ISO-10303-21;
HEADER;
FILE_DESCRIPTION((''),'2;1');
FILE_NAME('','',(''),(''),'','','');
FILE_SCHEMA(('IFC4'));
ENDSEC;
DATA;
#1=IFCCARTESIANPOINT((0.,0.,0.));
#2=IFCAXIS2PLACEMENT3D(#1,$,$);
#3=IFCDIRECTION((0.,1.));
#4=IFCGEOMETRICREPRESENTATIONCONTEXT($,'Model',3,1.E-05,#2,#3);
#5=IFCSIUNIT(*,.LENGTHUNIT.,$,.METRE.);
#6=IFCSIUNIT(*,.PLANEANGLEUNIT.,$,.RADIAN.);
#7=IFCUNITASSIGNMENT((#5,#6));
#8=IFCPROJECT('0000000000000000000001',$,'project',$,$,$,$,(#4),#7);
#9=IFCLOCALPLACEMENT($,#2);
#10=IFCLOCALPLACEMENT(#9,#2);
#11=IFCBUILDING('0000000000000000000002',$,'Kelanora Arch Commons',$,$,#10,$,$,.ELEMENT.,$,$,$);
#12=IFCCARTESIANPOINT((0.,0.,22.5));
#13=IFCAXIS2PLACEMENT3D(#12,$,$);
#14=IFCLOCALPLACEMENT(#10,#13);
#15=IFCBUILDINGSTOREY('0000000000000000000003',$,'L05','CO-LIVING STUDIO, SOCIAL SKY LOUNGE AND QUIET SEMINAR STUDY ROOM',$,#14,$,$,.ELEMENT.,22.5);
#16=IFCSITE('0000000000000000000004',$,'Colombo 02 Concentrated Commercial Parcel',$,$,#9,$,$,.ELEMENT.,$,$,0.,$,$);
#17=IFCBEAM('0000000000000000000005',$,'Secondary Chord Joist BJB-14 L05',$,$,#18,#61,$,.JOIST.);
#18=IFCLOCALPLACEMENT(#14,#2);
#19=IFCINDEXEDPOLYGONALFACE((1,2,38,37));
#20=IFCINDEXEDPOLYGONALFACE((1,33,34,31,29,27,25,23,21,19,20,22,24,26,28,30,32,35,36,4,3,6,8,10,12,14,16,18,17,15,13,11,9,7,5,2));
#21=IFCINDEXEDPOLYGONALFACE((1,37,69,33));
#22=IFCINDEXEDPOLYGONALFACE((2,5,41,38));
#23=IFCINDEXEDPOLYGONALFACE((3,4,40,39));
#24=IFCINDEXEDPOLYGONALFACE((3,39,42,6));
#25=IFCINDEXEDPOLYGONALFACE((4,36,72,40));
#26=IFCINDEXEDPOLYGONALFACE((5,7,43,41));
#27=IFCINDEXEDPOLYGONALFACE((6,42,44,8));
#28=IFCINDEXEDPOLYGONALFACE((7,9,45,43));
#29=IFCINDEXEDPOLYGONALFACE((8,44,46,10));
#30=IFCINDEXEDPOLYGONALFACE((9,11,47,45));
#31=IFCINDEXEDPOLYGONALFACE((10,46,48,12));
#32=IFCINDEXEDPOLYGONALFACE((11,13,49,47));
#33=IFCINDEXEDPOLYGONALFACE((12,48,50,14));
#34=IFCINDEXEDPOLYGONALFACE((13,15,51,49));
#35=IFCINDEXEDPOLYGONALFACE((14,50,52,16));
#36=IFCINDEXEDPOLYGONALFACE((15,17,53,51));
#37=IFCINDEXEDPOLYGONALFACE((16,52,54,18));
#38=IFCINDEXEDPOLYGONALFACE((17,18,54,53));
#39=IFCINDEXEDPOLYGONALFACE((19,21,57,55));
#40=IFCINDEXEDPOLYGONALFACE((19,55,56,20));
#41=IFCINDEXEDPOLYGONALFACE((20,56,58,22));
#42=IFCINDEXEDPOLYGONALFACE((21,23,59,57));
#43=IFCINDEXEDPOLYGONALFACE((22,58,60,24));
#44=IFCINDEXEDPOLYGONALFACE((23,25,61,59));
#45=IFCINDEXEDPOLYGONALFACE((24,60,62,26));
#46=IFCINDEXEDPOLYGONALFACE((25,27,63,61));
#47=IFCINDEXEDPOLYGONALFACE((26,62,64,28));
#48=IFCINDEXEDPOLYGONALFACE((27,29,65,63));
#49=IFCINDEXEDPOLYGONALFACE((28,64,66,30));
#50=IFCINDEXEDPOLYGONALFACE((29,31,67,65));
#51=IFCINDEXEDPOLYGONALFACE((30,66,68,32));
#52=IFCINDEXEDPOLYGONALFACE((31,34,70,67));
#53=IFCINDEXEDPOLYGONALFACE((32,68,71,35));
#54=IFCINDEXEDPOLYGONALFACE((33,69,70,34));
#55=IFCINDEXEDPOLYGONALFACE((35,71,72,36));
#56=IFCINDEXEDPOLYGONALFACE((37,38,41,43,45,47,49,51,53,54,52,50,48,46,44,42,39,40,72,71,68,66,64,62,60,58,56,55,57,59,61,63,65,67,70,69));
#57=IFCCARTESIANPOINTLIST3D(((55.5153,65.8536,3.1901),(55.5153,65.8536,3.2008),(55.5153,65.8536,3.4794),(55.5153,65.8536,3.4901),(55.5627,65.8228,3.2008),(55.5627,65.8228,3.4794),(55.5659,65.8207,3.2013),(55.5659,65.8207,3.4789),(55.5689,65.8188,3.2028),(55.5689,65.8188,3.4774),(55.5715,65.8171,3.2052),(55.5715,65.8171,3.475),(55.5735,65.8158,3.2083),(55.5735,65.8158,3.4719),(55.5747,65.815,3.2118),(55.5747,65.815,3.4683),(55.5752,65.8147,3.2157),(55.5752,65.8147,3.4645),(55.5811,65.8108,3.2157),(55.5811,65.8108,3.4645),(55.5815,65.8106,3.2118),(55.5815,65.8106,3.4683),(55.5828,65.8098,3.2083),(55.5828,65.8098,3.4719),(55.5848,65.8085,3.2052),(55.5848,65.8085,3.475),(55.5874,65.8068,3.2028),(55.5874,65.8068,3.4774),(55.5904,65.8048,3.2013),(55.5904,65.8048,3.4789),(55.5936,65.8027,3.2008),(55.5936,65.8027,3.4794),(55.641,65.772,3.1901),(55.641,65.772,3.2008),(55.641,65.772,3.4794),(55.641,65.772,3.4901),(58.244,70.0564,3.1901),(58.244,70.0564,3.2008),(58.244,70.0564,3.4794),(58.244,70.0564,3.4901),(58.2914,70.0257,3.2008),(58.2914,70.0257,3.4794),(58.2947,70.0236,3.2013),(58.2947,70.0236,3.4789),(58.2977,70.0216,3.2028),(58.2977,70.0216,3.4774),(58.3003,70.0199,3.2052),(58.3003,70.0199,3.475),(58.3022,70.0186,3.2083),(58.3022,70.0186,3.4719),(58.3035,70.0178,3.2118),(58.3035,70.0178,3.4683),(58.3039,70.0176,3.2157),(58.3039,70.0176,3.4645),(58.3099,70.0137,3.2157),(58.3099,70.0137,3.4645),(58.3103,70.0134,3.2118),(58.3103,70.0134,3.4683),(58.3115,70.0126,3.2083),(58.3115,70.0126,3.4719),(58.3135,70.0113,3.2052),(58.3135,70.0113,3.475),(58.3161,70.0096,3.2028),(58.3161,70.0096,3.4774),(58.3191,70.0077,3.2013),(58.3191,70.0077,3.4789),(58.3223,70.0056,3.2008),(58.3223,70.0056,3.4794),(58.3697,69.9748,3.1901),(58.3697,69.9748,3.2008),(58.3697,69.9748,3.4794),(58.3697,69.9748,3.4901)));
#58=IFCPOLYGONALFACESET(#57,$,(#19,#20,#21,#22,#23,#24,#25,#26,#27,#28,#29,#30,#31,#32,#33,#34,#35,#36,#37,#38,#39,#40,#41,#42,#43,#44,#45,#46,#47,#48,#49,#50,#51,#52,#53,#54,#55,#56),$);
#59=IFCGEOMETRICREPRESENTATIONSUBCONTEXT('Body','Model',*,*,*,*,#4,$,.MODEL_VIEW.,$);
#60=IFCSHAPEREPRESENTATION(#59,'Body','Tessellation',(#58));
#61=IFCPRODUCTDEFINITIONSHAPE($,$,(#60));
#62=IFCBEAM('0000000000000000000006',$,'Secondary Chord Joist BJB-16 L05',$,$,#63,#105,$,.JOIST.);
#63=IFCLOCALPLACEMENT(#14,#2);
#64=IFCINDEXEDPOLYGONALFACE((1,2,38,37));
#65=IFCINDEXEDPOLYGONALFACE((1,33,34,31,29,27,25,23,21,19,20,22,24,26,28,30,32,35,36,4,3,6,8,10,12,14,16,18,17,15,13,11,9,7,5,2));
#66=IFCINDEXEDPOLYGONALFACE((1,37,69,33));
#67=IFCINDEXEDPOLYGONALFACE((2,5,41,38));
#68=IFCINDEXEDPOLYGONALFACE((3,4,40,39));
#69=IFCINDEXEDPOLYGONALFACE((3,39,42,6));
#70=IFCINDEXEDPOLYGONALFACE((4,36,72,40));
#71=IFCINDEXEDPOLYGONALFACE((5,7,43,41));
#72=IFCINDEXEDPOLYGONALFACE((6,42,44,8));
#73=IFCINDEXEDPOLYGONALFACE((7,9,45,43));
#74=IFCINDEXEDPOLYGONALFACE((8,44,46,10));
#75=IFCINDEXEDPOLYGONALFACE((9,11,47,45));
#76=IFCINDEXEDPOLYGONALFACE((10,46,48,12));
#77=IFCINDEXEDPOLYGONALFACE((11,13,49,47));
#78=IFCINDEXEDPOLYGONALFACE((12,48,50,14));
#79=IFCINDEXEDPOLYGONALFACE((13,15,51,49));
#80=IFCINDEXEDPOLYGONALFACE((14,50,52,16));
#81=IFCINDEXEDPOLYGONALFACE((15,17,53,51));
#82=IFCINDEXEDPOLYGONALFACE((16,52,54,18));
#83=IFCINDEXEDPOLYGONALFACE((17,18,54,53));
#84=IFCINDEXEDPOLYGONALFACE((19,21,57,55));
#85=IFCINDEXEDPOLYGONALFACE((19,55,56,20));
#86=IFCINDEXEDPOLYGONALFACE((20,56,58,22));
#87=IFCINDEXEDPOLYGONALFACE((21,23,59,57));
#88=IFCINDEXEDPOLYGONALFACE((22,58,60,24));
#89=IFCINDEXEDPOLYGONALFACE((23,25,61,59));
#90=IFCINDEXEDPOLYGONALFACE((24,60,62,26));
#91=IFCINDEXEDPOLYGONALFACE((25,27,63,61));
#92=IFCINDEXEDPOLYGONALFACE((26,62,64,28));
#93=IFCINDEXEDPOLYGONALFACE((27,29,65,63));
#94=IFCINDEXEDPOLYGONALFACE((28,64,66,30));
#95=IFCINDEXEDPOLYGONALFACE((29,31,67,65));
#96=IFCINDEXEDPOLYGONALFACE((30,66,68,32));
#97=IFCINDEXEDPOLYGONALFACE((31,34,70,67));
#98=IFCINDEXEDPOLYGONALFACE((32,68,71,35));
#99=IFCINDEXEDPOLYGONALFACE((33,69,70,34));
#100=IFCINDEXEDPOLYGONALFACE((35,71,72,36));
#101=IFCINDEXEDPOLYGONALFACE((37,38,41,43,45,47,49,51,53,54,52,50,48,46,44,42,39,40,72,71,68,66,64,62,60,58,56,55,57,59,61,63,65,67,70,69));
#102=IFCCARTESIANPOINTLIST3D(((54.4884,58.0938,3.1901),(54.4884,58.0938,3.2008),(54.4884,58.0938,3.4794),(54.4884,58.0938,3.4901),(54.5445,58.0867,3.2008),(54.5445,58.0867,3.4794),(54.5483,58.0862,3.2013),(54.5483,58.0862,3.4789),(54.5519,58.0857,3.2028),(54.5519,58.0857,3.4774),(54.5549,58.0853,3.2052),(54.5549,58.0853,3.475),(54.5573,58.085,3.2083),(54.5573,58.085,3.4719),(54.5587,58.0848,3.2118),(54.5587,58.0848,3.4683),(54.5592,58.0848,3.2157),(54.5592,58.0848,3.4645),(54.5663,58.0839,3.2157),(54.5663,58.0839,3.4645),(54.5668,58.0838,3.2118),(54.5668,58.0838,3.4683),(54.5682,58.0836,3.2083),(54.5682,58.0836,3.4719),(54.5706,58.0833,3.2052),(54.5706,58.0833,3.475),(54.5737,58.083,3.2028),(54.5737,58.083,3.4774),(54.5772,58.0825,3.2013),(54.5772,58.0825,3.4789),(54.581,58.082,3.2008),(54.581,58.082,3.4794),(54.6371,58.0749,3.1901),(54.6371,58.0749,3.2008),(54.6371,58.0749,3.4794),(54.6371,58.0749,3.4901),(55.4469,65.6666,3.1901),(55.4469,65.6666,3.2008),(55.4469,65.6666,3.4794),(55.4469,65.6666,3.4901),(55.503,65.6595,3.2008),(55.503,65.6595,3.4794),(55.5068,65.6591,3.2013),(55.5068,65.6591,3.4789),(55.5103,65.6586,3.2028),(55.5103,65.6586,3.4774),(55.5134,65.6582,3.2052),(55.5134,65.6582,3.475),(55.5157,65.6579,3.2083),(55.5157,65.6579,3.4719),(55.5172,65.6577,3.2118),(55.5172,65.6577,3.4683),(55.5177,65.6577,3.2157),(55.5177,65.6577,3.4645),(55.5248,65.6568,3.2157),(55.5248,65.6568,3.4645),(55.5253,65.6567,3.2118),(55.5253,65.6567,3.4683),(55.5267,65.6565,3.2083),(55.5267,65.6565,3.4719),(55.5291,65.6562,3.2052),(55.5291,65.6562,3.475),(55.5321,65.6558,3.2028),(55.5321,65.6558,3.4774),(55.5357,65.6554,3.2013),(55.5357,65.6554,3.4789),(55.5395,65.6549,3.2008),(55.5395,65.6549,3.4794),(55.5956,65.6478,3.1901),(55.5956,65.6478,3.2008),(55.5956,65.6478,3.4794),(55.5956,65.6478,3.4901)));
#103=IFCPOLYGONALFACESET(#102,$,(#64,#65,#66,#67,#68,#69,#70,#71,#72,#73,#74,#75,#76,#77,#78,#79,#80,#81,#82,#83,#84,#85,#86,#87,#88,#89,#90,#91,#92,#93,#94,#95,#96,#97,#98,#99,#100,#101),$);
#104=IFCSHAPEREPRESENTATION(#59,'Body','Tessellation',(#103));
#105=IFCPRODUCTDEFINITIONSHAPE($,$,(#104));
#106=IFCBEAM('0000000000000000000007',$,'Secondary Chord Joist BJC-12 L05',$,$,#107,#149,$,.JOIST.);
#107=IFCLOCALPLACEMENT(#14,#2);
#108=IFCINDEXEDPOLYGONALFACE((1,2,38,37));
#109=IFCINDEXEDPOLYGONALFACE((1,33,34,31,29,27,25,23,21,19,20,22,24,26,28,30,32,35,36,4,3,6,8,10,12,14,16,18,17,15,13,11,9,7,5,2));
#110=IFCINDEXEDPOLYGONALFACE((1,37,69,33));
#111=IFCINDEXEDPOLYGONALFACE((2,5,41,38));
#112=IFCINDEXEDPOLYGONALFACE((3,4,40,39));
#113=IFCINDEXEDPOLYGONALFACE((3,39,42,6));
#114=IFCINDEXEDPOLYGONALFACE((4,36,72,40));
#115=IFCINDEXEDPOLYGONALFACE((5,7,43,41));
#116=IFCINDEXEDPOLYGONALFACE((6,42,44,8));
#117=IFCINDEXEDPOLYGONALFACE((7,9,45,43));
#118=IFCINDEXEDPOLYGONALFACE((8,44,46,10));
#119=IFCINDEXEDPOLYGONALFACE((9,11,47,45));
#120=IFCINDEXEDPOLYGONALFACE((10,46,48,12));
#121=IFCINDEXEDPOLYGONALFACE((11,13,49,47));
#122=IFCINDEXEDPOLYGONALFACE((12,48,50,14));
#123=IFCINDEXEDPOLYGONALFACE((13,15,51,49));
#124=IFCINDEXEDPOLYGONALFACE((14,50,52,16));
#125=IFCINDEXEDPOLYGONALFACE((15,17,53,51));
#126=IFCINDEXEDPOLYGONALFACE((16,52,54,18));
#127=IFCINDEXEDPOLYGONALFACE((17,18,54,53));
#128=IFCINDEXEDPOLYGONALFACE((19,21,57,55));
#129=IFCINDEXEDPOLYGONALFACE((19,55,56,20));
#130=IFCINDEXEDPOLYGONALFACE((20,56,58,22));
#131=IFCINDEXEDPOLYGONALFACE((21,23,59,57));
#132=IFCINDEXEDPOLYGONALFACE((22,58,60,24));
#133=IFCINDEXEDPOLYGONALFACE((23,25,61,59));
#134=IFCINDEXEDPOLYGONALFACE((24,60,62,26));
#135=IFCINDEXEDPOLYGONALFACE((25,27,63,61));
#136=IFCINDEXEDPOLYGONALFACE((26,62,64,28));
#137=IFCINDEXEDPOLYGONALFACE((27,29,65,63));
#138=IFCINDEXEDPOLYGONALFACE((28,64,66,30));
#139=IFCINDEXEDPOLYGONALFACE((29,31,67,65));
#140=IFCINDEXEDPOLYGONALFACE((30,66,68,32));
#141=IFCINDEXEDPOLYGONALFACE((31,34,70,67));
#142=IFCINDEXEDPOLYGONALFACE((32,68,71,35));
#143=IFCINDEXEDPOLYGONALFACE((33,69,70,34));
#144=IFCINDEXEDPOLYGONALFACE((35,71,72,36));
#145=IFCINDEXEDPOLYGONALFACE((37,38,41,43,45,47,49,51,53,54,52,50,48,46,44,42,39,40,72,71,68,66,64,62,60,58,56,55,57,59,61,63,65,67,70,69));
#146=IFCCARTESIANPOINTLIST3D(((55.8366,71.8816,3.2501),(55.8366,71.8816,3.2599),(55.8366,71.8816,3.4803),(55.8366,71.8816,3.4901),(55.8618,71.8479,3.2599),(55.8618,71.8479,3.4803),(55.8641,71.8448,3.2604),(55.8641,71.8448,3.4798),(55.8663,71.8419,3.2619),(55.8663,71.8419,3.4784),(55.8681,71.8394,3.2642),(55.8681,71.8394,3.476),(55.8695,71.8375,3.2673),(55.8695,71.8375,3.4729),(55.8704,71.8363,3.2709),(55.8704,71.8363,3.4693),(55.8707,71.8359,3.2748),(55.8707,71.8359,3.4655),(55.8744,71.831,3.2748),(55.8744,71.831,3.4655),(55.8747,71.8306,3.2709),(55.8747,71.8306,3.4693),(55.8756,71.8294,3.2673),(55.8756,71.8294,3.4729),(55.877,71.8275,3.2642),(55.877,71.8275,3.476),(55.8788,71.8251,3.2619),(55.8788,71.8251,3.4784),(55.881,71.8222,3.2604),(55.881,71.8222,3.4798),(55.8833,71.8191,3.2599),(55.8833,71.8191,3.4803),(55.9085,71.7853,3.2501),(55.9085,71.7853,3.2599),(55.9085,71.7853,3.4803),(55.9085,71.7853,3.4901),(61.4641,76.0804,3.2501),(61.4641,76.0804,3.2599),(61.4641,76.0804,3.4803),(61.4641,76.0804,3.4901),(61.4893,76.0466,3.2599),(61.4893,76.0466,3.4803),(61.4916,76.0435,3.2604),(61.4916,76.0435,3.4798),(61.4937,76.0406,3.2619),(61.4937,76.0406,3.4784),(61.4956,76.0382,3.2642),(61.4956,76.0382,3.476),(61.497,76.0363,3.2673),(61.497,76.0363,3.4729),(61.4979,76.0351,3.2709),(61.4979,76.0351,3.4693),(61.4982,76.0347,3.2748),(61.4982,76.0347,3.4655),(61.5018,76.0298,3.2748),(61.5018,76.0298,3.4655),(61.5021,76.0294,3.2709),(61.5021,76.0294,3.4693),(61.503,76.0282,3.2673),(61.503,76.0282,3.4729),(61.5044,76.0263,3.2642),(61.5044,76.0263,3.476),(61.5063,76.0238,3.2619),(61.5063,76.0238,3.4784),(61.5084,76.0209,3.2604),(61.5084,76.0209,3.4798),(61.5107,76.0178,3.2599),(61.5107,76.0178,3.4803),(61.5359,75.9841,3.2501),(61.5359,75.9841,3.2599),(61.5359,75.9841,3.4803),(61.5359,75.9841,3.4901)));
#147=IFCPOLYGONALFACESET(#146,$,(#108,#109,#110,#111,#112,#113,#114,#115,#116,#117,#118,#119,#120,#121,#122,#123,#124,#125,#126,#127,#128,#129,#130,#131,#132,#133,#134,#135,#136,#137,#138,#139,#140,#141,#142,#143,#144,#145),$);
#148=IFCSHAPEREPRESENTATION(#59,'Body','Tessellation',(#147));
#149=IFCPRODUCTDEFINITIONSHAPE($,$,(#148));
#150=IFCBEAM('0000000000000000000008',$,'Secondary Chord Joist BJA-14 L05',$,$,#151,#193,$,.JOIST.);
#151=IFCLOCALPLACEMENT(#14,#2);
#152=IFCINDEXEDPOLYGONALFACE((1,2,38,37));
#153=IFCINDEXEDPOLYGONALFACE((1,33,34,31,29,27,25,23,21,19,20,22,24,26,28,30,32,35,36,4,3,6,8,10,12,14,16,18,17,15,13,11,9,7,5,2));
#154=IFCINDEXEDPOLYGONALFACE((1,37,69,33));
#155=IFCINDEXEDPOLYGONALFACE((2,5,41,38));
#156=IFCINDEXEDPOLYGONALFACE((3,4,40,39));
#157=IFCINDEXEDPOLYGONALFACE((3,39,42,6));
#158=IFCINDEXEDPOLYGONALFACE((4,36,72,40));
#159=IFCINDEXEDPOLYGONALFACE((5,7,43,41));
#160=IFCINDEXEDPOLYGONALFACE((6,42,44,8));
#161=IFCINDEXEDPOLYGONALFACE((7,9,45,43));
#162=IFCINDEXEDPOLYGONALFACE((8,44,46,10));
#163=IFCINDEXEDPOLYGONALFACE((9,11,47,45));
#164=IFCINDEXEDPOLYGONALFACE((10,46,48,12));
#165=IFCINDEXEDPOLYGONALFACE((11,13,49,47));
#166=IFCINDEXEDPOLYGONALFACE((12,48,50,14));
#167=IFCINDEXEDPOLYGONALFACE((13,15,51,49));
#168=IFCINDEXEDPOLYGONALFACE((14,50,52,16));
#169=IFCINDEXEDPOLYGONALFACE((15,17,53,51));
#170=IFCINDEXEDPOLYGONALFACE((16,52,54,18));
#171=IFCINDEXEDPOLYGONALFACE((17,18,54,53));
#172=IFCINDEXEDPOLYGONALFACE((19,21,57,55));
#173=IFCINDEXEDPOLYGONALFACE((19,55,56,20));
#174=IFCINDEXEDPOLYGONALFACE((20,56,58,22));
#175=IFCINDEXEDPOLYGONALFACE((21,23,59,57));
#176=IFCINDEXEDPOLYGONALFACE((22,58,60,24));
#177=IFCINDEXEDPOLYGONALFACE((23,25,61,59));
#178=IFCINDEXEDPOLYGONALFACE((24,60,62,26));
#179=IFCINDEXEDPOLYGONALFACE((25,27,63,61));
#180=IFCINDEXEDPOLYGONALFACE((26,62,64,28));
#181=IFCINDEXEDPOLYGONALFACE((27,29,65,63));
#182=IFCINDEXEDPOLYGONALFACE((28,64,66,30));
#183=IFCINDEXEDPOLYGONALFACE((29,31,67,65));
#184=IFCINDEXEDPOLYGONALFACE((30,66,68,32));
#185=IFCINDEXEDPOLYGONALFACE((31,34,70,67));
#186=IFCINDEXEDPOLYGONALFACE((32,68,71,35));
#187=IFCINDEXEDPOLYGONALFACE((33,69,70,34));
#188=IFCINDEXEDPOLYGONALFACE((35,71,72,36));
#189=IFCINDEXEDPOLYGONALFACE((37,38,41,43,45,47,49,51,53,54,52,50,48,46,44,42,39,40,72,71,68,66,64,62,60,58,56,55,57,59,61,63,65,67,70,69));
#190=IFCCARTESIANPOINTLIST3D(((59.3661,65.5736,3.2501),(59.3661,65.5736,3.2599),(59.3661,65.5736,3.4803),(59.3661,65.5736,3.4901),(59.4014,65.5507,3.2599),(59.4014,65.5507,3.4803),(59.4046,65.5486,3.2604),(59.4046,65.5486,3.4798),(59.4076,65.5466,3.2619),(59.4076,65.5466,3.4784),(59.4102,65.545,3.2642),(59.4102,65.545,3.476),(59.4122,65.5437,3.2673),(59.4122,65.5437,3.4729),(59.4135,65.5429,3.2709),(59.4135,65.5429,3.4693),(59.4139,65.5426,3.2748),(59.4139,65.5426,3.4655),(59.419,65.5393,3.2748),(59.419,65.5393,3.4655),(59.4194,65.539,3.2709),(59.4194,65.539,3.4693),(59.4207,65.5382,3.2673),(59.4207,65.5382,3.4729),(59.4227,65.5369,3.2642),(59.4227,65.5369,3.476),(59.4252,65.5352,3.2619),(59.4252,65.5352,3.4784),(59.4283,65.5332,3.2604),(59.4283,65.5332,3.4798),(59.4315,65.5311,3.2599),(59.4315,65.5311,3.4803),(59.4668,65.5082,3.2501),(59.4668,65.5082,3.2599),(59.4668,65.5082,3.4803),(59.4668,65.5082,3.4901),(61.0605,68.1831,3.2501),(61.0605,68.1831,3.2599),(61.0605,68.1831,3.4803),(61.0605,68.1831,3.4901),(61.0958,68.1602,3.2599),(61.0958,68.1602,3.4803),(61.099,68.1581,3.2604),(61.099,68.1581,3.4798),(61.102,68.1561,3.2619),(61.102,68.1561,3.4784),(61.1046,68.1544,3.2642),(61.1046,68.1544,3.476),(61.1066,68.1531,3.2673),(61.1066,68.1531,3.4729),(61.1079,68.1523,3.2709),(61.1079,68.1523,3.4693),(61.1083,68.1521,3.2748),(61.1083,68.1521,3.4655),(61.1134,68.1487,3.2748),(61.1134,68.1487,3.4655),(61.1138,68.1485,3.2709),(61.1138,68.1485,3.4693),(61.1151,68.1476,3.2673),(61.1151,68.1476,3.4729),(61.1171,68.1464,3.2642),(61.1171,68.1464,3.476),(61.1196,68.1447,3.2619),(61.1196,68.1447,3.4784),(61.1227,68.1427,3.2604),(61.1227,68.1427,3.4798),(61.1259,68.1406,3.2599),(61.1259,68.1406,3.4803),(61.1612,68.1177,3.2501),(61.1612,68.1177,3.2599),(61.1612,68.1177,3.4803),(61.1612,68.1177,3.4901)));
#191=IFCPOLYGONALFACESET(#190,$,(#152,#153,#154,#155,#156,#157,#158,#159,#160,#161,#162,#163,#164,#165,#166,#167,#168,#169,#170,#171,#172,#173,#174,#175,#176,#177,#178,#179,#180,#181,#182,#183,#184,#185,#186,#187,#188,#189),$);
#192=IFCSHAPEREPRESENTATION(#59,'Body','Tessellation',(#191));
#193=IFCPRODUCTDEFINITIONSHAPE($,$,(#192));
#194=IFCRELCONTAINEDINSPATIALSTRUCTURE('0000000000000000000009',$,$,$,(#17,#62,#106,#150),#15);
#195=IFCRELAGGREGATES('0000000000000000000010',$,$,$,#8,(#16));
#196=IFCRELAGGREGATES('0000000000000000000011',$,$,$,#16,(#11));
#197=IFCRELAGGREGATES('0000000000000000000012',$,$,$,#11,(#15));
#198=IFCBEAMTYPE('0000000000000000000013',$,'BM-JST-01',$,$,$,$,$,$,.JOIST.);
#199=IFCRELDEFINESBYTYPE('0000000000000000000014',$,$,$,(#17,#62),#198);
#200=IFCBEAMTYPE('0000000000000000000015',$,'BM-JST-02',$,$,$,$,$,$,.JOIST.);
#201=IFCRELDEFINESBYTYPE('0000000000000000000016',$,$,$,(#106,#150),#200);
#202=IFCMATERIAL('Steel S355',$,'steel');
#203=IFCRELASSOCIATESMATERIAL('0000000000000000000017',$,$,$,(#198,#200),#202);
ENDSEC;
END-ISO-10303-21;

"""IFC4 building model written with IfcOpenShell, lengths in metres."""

from ifc_helpers import new_model, si_unit, direction, frame, origin, origin_2d, place, context, subcontext, project, spatial, i_section, extrude, material, material_profile, profile_set, type_object, element, save


model = new_model("IFC4")

# Units and contexts
model_context = context("Model", 3, precision=1e-05, world=origin(), true_north=direction((0.0, 1.0)))
body_context = subcontext(model_context, "Body", "Model", "MODEL_VIEW")
ifc_project = project(units=[si_unit("LENGTHUNIT", "METRE"), si_unit("PLANEANGLEUNIT", "RADIAN")], contexts=[model_context])

# Site, building, storey
site_placement = place(None, origin())
site = spatial("IfcSite", under=ifc_project, at=site_placement, Name="Colombo 02 Concentrated Commercial Parcel", CompositionType="ELEMENT", RefElevation=0.0)
building_placement = place(site_placement, origin())
building = spatial("IfcBuilding", under=site, at=building_placement, Name="Kelanora Arch Commons", CompositionType="ELEMENT")
storey_placement = place(building_placement, frame((0.0, 0.0, 22.5)))
storey = spatial("IfcBuildingStorey", under=building, at=storey_placement, Name="L05", Description="CO-LIVING STUDIO, SOCIAL SKY LOUNGE AND QUIET SEMINAR STUDY ROOM", CompositionType="ELEMENT", Elevation=22.5)

# Beams
ifc_material_1 = material(Name="Steel S355", Category="steel")
ifc_material_profile_1 = material_profile(ifc_material_1, i_section(OverallWidth=0.1499, OverallDepth=0.3, WebThickness=0.0071, FlangeThickness=0.0107, FilletRadius=0.0149, at=origin_2d()), Name="IPE300")
ifc_profile_set_1 = profile_set([ifc_material_profile_1], Name="Steel S355")
beam_type_1 = type_object("IfcBeamType", Name="BM-JST-01", PredefinedType="JOIST", material=ifc_profile_set_1)
beam_1_placement = place(storey_placement, frame((58.3069, 70.0156, 3.3401), z_axis=(-0.544552, -0.838727, 0.0), x_axis=(0.838727, -0.544552, 0.0)))
element("IfcBeam", 1, at=beam_1_placement, inside=storey, type_object=beam_type_1, Name="Secondary Chord Joist BJB-14 L05", PredefinedType="JOIST", context=body_context, shape_type="SweptSolid", body=[
    extrude(i_section(OverallWidth=0.1499, OverallDepth=0.3, WebThickness=0.0071, FlangeThickness=0.0107, FilletRadius=0.0149, at=origin_2d()), origin(), (0.0, 0.0, 1.0), 5.011),
])
beam_2_placement = place(storey_placement, frame((55.5212, 65.6572, 3.3401), z_axis=(-0.125566, -0.992085, 0.0), x_axis=(0.992085, -0.125566, 0.0)))
element("IfcBeam", 2, at=beam_2_placement, inside=storey, type_object=beam_type_1, Name="Secondary Chord Joist BJB-16 L05", PredefinedType="JOIST", context=body_context, shape_type="SweptSolid", body=[
    extrude(i_section(OverallWidth=0.1499, OverallDepth=0.3, WebThickness=0.0071, FlangeThickness=0.0107, FilletRadius=0.0149, at=origin_2d()), origin(), (0.0, 0.0, 1.0), 7.6333),
])
ifc_material_profile_2 = material_profile(ifc_material_1, i_section(OverallWidth=0.1201, OverallDepth=0.24, WebThickness=0.0061, FlangeThickness=0.0098, FilletRadius=0.0149, at=origin_2d()), Name="IPE240")
ifc_profile_set_2 = profile_set([ifc_material_profile_2], Name="Steel S355")
beam_type_2 = type_object("IfcBeamType", Name="BM-JST-02", PredefinedType="JOIST", material=ifc_profile_set_2)
beam_3_placement = place(storey_placement, frame((61.5, 76.0322, 3.3701), z_axis=(-0.801491, -0.598006, 0.0), x_axis=(0.598006, -0.801491, 0.0)))
element("IfcBeam", 3, at=beam_3_placement, inside=storey, type_object=beam_type_2, Name="Secondary Chord Joist BJC-12 L05", PredefinedType="JOIST", context=body_context, shape_type="SweptSolid", body=[
    extrude(i_section(OverallWidth=0.1201, OverallDepth=0.24, WebThickness=0.0061, FlangeThickness=0.0098, FilletRadius=0.0149, at=origin_2d()), origin(), (0.0, 0.0, 1.0), 7.0212),
])
beam_4_placement = place(storey_placement, frame((61.1108, 68.1504, 3.3701), z_axis=(-0.544591, -0.838702, 0.0), x_axis=(0.838702, -0.544591, 0.0)))
element("IfcBeam", 4, at=beam_4_placement, inside=storey, type_object=beam_type_2, Name="Secondary Chord Joist BJA-14 L05", PredefinedType="JOIST", context=body_context, shape_type="SweptSolid", body=[
    extrude(i_section(OverallWidth=0.1201, OverallDepth=0.24, WebThickness=0.0061, FlangeThickness=0.0098, FilletRadius=0.0149, at=origin_2d()), origin(), (0.0, 0.0, 1.0), 3.1113),
])

save(model, "model.ifc")
